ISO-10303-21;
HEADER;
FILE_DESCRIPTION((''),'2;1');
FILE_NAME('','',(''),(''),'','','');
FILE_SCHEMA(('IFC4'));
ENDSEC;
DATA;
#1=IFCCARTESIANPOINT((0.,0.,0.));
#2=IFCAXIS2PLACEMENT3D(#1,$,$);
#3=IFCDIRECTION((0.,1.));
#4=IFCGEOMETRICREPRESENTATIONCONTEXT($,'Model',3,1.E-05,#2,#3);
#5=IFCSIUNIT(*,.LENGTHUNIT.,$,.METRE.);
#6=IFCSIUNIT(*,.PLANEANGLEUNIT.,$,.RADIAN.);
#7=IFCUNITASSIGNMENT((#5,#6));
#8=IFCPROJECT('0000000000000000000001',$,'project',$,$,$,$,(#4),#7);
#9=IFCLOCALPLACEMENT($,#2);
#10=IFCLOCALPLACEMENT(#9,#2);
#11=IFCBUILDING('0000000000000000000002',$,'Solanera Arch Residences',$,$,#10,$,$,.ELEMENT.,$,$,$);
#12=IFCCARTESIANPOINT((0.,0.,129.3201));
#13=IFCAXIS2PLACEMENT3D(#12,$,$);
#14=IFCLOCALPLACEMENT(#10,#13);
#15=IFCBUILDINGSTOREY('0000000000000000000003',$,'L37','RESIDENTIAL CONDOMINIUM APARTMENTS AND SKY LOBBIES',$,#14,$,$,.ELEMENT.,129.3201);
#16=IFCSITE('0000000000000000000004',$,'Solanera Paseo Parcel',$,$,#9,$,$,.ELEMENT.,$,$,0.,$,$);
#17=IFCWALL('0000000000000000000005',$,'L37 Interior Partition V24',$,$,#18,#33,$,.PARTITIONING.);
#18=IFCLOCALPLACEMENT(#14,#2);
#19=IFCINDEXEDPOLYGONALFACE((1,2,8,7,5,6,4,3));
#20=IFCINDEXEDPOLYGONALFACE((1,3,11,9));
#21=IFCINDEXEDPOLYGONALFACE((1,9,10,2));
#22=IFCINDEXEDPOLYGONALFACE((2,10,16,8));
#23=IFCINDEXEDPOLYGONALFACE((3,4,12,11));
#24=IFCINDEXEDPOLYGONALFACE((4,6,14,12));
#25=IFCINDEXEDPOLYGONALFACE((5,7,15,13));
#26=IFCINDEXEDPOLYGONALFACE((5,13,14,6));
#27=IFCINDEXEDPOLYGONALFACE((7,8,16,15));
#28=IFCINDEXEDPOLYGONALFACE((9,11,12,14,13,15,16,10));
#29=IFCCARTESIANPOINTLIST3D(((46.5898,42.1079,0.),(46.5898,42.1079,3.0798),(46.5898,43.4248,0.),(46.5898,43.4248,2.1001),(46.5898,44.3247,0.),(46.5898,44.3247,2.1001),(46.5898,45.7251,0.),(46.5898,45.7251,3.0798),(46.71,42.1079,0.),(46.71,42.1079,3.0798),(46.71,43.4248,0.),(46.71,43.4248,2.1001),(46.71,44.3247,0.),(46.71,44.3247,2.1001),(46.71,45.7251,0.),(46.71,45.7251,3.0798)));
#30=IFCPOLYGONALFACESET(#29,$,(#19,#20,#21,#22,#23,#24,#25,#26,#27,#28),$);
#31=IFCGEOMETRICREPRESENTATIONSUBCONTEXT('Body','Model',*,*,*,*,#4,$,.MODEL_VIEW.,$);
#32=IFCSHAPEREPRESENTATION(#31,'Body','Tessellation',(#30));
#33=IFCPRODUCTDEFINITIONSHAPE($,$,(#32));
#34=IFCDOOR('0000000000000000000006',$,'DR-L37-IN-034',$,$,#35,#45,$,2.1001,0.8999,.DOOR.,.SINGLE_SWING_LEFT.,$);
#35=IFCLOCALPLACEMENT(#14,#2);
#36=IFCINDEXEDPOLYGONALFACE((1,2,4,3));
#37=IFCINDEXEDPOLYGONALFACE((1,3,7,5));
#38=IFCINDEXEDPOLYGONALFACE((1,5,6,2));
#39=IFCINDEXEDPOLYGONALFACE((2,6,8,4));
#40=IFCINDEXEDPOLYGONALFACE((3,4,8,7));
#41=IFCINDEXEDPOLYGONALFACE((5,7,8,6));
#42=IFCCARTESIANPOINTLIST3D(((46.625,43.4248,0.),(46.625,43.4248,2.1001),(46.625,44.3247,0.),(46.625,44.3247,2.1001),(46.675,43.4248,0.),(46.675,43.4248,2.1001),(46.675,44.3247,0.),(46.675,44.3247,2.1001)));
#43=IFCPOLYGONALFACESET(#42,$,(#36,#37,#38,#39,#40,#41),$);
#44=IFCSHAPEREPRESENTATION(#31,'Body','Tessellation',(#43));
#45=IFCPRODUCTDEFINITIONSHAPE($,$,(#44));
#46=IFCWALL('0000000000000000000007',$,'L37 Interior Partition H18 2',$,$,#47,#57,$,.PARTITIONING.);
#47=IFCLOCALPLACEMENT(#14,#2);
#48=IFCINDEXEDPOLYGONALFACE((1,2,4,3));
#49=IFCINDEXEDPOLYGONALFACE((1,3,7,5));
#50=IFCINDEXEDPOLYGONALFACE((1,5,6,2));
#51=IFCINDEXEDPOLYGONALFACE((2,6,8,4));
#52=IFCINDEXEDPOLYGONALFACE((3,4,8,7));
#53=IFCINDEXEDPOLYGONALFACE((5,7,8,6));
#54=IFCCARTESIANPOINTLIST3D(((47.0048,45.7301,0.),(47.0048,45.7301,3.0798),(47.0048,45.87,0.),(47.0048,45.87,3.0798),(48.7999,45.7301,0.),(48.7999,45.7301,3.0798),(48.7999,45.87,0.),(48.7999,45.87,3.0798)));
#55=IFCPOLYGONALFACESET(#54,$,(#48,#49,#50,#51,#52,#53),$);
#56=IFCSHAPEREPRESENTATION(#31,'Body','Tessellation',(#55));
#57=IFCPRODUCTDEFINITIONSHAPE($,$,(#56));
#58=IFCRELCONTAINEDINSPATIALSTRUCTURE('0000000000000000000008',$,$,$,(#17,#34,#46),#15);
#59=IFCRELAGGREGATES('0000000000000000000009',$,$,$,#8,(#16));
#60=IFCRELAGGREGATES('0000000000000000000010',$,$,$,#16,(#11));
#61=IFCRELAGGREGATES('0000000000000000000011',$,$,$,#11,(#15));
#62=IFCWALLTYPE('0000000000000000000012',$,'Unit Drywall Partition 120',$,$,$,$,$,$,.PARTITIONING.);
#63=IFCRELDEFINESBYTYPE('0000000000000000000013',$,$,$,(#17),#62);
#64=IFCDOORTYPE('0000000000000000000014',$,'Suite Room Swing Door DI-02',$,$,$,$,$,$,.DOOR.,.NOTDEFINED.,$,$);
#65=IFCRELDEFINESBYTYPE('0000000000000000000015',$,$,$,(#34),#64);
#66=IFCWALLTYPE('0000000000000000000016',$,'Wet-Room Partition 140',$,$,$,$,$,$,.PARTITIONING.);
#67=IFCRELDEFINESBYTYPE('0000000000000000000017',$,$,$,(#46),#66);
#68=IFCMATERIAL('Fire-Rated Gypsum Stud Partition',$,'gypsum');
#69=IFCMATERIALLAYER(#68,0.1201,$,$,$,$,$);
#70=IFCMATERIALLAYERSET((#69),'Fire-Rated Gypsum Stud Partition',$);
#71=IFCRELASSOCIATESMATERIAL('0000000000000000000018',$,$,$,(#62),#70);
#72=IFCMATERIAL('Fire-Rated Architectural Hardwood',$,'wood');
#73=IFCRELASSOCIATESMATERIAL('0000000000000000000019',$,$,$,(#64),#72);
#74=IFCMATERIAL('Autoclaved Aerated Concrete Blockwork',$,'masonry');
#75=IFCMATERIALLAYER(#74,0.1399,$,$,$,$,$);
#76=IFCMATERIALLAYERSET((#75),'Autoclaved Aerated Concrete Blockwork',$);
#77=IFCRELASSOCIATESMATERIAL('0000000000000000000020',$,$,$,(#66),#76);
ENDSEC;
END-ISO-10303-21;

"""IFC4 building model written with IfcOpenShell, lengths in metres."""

from ifc_helpers import new_model, si_unit, direction, frame, frame_2d, origin, place, context, subcontext, project, spatial, rectangle, extrude, material, layer, layer_set, type_object, element, fill, save


model = new_model("IFC4")

# Units and contexts
model_context = context("Model", 3, precision=1e-05, world=origin(), true_north=direction((0.0, 1.0)))
body_context = subcontext(model_context, "Body", "Model", "MODEL_VIEW")
ifc_project = project(units=[si_unit("LENGTHUNIT", "METRE"), si_unit("PLANEANGLEUNIT", "RADIAN")], contexts=[model_context])

# Site, building, storey
site_placement = place(None, origin())
site = spatial("IfcSite", under=ifc_project, at=site_placement, Name="Solanera Paseo Parcel", CompositionType="ELEMENT", RefElevation=0.0)
building_placement = place(site_placement, origin())
building = spatial("IfcBuilding", under=site, at=building_placement, Name="Solanera Arch Residences", CompositionType="ELEMENT")
storey_placement = place(building_placement, frame((0.0, 0.0, 129.3201)))
storey = spatial("IfcBuildingStorey", under=building, at=storey_placement, Name="L37", Description="RESIDENTIAL CONDOMINIUM APARTMENTS AND SKY LOBBIES", CompositionType="ELEMENT", Elevation=129.3201)

# Wall, opening, door
ifc_material_1 = material(Name="Fire-Rated Gypsum Stud Partition", Category="gypsum")
ifc_layer_1 = layer(ifc_material_1, 0.1201)
ifc_layer_set_1 = layer_set([ifc_layer_1], Name="Fire-Rated Gypsum Stud Partition")
wall_type_1 = type_object("IfcWallType", Name="Unit Drywall Partition 120", PredefinedType="PARTITIONING", material=ifc_layer_set_1)
wall_1_placement = place(storey_placement, frame((46.6499, 42.1079, 0.0), z_axis=(0.0, 0.0, 1.0), x_axis=(0.0, 1.0, 0.0)))
wall_1 = element("IfcWall", 1, at=wall_1_placement, inside=storey, type_object=wall_type_1, Name="L37 Interior Partition V24", PredefinedType="PARTITIONING", context=body_context, shape_type="SweptSolid", body=[
    extrude(rectangle(XDim=3.6172, YDim=0.1201, at=frame_2d((1.8086, 0.0))), origin(), (0.0, 0.0, 1.0), 3.0798),
])
opening_1_placement = place(wall_1_placement, frame((1.3169, 0.0, 0.0)))
opening_1 = element("IfcOpeningElement", 2, at=opening_1_placement, cuts=wall_1, PredefinedType="OPENING", context=body_context, shape_type="SweptSolid", body=[
    extrude(rectangle(XDim=0.8999, YDim=2.1001, at=frame_2d((0.45, 1.05))), frame((0.0, 0.0701, 0.0), z_axis=(0.0, -1.0, 0.0), x_axis=(1.0, 0.0, 0.0)), (0.0, 0.0, 1.0), 0.1401),
])
ifc_material_2 = material(Name="Fire-Rated Architectural Hardwood", Category="wood")
door_type_1 = type_object("IfcDoorType", Name="Suite Room Swing Door DI-02", OperationType="NOTDEFINED", PredefinedType="DOOR", material=ifc_material_2)
door_1_placement = place(opening_1_placement, origin())
door_1 = element("IfcDoor", 3, at=door_1_placement, inside=storey, type_object=door_type_1, Name="DR-L37-IN-034", OperationType="SINGLE_SWING_LEFT", OverallHeight=2.1001, OverallWidth=0.8999, PredefinedType="DOOR", context=body_context, shape_type="SweptSolid", body=[
    extrude(rectangle(XDim=0.8999, YDim=2.1001, at=frame_2d((0.45, 1.05))), frame((0.0, 0.0249, 0.0), z_axis=(0.0, -1.0, 0.0), x_axis=(1.0, 0.0, 0.0)), (0.0, 0.0, 1.0), 0.05),
])
fill(opening_1, door_1)

# Wall
ifc_material_3 = material(Name="Autoclaved Aerated Concrete Blockwork", Category="masonry")
ifc_layer_2 = layer(ifc_material_3, 0.1399)
ifc_layer_set_2 = layer_set([ifc_layer_2], Name="Autoclaved Aerated Concrete Blockwork")
wall_type_2 = type_object("IfcWallType", Name="Wet-Room Partition 140", PredefinedType="PARTITIONING", material=ifc_layer_set_2)
wall_2_placement = place(storey_placement, frame((47.0049, 45.8, 0.0), z_axis=(0.0, 0.0, 1.0), x_axis=(1.0, 0.0, 0.0)))
element("IfcWall", 4, at=wall_2_placement, inside=storey, type_object=wall_type_2, Name="L37 Interior Partition H18 2", PredefinedType="PARTITIONING", context=body_context, shape_type="SweptSolid", body=[
    extrude(rectangle(XDim=1.7952, YDim=0.1399, at=frame_2d((0.8975, 0.0))), origin(), (0.0, 0.0, 1.0), 3.0798),
])

save(model, "model.ifc")
